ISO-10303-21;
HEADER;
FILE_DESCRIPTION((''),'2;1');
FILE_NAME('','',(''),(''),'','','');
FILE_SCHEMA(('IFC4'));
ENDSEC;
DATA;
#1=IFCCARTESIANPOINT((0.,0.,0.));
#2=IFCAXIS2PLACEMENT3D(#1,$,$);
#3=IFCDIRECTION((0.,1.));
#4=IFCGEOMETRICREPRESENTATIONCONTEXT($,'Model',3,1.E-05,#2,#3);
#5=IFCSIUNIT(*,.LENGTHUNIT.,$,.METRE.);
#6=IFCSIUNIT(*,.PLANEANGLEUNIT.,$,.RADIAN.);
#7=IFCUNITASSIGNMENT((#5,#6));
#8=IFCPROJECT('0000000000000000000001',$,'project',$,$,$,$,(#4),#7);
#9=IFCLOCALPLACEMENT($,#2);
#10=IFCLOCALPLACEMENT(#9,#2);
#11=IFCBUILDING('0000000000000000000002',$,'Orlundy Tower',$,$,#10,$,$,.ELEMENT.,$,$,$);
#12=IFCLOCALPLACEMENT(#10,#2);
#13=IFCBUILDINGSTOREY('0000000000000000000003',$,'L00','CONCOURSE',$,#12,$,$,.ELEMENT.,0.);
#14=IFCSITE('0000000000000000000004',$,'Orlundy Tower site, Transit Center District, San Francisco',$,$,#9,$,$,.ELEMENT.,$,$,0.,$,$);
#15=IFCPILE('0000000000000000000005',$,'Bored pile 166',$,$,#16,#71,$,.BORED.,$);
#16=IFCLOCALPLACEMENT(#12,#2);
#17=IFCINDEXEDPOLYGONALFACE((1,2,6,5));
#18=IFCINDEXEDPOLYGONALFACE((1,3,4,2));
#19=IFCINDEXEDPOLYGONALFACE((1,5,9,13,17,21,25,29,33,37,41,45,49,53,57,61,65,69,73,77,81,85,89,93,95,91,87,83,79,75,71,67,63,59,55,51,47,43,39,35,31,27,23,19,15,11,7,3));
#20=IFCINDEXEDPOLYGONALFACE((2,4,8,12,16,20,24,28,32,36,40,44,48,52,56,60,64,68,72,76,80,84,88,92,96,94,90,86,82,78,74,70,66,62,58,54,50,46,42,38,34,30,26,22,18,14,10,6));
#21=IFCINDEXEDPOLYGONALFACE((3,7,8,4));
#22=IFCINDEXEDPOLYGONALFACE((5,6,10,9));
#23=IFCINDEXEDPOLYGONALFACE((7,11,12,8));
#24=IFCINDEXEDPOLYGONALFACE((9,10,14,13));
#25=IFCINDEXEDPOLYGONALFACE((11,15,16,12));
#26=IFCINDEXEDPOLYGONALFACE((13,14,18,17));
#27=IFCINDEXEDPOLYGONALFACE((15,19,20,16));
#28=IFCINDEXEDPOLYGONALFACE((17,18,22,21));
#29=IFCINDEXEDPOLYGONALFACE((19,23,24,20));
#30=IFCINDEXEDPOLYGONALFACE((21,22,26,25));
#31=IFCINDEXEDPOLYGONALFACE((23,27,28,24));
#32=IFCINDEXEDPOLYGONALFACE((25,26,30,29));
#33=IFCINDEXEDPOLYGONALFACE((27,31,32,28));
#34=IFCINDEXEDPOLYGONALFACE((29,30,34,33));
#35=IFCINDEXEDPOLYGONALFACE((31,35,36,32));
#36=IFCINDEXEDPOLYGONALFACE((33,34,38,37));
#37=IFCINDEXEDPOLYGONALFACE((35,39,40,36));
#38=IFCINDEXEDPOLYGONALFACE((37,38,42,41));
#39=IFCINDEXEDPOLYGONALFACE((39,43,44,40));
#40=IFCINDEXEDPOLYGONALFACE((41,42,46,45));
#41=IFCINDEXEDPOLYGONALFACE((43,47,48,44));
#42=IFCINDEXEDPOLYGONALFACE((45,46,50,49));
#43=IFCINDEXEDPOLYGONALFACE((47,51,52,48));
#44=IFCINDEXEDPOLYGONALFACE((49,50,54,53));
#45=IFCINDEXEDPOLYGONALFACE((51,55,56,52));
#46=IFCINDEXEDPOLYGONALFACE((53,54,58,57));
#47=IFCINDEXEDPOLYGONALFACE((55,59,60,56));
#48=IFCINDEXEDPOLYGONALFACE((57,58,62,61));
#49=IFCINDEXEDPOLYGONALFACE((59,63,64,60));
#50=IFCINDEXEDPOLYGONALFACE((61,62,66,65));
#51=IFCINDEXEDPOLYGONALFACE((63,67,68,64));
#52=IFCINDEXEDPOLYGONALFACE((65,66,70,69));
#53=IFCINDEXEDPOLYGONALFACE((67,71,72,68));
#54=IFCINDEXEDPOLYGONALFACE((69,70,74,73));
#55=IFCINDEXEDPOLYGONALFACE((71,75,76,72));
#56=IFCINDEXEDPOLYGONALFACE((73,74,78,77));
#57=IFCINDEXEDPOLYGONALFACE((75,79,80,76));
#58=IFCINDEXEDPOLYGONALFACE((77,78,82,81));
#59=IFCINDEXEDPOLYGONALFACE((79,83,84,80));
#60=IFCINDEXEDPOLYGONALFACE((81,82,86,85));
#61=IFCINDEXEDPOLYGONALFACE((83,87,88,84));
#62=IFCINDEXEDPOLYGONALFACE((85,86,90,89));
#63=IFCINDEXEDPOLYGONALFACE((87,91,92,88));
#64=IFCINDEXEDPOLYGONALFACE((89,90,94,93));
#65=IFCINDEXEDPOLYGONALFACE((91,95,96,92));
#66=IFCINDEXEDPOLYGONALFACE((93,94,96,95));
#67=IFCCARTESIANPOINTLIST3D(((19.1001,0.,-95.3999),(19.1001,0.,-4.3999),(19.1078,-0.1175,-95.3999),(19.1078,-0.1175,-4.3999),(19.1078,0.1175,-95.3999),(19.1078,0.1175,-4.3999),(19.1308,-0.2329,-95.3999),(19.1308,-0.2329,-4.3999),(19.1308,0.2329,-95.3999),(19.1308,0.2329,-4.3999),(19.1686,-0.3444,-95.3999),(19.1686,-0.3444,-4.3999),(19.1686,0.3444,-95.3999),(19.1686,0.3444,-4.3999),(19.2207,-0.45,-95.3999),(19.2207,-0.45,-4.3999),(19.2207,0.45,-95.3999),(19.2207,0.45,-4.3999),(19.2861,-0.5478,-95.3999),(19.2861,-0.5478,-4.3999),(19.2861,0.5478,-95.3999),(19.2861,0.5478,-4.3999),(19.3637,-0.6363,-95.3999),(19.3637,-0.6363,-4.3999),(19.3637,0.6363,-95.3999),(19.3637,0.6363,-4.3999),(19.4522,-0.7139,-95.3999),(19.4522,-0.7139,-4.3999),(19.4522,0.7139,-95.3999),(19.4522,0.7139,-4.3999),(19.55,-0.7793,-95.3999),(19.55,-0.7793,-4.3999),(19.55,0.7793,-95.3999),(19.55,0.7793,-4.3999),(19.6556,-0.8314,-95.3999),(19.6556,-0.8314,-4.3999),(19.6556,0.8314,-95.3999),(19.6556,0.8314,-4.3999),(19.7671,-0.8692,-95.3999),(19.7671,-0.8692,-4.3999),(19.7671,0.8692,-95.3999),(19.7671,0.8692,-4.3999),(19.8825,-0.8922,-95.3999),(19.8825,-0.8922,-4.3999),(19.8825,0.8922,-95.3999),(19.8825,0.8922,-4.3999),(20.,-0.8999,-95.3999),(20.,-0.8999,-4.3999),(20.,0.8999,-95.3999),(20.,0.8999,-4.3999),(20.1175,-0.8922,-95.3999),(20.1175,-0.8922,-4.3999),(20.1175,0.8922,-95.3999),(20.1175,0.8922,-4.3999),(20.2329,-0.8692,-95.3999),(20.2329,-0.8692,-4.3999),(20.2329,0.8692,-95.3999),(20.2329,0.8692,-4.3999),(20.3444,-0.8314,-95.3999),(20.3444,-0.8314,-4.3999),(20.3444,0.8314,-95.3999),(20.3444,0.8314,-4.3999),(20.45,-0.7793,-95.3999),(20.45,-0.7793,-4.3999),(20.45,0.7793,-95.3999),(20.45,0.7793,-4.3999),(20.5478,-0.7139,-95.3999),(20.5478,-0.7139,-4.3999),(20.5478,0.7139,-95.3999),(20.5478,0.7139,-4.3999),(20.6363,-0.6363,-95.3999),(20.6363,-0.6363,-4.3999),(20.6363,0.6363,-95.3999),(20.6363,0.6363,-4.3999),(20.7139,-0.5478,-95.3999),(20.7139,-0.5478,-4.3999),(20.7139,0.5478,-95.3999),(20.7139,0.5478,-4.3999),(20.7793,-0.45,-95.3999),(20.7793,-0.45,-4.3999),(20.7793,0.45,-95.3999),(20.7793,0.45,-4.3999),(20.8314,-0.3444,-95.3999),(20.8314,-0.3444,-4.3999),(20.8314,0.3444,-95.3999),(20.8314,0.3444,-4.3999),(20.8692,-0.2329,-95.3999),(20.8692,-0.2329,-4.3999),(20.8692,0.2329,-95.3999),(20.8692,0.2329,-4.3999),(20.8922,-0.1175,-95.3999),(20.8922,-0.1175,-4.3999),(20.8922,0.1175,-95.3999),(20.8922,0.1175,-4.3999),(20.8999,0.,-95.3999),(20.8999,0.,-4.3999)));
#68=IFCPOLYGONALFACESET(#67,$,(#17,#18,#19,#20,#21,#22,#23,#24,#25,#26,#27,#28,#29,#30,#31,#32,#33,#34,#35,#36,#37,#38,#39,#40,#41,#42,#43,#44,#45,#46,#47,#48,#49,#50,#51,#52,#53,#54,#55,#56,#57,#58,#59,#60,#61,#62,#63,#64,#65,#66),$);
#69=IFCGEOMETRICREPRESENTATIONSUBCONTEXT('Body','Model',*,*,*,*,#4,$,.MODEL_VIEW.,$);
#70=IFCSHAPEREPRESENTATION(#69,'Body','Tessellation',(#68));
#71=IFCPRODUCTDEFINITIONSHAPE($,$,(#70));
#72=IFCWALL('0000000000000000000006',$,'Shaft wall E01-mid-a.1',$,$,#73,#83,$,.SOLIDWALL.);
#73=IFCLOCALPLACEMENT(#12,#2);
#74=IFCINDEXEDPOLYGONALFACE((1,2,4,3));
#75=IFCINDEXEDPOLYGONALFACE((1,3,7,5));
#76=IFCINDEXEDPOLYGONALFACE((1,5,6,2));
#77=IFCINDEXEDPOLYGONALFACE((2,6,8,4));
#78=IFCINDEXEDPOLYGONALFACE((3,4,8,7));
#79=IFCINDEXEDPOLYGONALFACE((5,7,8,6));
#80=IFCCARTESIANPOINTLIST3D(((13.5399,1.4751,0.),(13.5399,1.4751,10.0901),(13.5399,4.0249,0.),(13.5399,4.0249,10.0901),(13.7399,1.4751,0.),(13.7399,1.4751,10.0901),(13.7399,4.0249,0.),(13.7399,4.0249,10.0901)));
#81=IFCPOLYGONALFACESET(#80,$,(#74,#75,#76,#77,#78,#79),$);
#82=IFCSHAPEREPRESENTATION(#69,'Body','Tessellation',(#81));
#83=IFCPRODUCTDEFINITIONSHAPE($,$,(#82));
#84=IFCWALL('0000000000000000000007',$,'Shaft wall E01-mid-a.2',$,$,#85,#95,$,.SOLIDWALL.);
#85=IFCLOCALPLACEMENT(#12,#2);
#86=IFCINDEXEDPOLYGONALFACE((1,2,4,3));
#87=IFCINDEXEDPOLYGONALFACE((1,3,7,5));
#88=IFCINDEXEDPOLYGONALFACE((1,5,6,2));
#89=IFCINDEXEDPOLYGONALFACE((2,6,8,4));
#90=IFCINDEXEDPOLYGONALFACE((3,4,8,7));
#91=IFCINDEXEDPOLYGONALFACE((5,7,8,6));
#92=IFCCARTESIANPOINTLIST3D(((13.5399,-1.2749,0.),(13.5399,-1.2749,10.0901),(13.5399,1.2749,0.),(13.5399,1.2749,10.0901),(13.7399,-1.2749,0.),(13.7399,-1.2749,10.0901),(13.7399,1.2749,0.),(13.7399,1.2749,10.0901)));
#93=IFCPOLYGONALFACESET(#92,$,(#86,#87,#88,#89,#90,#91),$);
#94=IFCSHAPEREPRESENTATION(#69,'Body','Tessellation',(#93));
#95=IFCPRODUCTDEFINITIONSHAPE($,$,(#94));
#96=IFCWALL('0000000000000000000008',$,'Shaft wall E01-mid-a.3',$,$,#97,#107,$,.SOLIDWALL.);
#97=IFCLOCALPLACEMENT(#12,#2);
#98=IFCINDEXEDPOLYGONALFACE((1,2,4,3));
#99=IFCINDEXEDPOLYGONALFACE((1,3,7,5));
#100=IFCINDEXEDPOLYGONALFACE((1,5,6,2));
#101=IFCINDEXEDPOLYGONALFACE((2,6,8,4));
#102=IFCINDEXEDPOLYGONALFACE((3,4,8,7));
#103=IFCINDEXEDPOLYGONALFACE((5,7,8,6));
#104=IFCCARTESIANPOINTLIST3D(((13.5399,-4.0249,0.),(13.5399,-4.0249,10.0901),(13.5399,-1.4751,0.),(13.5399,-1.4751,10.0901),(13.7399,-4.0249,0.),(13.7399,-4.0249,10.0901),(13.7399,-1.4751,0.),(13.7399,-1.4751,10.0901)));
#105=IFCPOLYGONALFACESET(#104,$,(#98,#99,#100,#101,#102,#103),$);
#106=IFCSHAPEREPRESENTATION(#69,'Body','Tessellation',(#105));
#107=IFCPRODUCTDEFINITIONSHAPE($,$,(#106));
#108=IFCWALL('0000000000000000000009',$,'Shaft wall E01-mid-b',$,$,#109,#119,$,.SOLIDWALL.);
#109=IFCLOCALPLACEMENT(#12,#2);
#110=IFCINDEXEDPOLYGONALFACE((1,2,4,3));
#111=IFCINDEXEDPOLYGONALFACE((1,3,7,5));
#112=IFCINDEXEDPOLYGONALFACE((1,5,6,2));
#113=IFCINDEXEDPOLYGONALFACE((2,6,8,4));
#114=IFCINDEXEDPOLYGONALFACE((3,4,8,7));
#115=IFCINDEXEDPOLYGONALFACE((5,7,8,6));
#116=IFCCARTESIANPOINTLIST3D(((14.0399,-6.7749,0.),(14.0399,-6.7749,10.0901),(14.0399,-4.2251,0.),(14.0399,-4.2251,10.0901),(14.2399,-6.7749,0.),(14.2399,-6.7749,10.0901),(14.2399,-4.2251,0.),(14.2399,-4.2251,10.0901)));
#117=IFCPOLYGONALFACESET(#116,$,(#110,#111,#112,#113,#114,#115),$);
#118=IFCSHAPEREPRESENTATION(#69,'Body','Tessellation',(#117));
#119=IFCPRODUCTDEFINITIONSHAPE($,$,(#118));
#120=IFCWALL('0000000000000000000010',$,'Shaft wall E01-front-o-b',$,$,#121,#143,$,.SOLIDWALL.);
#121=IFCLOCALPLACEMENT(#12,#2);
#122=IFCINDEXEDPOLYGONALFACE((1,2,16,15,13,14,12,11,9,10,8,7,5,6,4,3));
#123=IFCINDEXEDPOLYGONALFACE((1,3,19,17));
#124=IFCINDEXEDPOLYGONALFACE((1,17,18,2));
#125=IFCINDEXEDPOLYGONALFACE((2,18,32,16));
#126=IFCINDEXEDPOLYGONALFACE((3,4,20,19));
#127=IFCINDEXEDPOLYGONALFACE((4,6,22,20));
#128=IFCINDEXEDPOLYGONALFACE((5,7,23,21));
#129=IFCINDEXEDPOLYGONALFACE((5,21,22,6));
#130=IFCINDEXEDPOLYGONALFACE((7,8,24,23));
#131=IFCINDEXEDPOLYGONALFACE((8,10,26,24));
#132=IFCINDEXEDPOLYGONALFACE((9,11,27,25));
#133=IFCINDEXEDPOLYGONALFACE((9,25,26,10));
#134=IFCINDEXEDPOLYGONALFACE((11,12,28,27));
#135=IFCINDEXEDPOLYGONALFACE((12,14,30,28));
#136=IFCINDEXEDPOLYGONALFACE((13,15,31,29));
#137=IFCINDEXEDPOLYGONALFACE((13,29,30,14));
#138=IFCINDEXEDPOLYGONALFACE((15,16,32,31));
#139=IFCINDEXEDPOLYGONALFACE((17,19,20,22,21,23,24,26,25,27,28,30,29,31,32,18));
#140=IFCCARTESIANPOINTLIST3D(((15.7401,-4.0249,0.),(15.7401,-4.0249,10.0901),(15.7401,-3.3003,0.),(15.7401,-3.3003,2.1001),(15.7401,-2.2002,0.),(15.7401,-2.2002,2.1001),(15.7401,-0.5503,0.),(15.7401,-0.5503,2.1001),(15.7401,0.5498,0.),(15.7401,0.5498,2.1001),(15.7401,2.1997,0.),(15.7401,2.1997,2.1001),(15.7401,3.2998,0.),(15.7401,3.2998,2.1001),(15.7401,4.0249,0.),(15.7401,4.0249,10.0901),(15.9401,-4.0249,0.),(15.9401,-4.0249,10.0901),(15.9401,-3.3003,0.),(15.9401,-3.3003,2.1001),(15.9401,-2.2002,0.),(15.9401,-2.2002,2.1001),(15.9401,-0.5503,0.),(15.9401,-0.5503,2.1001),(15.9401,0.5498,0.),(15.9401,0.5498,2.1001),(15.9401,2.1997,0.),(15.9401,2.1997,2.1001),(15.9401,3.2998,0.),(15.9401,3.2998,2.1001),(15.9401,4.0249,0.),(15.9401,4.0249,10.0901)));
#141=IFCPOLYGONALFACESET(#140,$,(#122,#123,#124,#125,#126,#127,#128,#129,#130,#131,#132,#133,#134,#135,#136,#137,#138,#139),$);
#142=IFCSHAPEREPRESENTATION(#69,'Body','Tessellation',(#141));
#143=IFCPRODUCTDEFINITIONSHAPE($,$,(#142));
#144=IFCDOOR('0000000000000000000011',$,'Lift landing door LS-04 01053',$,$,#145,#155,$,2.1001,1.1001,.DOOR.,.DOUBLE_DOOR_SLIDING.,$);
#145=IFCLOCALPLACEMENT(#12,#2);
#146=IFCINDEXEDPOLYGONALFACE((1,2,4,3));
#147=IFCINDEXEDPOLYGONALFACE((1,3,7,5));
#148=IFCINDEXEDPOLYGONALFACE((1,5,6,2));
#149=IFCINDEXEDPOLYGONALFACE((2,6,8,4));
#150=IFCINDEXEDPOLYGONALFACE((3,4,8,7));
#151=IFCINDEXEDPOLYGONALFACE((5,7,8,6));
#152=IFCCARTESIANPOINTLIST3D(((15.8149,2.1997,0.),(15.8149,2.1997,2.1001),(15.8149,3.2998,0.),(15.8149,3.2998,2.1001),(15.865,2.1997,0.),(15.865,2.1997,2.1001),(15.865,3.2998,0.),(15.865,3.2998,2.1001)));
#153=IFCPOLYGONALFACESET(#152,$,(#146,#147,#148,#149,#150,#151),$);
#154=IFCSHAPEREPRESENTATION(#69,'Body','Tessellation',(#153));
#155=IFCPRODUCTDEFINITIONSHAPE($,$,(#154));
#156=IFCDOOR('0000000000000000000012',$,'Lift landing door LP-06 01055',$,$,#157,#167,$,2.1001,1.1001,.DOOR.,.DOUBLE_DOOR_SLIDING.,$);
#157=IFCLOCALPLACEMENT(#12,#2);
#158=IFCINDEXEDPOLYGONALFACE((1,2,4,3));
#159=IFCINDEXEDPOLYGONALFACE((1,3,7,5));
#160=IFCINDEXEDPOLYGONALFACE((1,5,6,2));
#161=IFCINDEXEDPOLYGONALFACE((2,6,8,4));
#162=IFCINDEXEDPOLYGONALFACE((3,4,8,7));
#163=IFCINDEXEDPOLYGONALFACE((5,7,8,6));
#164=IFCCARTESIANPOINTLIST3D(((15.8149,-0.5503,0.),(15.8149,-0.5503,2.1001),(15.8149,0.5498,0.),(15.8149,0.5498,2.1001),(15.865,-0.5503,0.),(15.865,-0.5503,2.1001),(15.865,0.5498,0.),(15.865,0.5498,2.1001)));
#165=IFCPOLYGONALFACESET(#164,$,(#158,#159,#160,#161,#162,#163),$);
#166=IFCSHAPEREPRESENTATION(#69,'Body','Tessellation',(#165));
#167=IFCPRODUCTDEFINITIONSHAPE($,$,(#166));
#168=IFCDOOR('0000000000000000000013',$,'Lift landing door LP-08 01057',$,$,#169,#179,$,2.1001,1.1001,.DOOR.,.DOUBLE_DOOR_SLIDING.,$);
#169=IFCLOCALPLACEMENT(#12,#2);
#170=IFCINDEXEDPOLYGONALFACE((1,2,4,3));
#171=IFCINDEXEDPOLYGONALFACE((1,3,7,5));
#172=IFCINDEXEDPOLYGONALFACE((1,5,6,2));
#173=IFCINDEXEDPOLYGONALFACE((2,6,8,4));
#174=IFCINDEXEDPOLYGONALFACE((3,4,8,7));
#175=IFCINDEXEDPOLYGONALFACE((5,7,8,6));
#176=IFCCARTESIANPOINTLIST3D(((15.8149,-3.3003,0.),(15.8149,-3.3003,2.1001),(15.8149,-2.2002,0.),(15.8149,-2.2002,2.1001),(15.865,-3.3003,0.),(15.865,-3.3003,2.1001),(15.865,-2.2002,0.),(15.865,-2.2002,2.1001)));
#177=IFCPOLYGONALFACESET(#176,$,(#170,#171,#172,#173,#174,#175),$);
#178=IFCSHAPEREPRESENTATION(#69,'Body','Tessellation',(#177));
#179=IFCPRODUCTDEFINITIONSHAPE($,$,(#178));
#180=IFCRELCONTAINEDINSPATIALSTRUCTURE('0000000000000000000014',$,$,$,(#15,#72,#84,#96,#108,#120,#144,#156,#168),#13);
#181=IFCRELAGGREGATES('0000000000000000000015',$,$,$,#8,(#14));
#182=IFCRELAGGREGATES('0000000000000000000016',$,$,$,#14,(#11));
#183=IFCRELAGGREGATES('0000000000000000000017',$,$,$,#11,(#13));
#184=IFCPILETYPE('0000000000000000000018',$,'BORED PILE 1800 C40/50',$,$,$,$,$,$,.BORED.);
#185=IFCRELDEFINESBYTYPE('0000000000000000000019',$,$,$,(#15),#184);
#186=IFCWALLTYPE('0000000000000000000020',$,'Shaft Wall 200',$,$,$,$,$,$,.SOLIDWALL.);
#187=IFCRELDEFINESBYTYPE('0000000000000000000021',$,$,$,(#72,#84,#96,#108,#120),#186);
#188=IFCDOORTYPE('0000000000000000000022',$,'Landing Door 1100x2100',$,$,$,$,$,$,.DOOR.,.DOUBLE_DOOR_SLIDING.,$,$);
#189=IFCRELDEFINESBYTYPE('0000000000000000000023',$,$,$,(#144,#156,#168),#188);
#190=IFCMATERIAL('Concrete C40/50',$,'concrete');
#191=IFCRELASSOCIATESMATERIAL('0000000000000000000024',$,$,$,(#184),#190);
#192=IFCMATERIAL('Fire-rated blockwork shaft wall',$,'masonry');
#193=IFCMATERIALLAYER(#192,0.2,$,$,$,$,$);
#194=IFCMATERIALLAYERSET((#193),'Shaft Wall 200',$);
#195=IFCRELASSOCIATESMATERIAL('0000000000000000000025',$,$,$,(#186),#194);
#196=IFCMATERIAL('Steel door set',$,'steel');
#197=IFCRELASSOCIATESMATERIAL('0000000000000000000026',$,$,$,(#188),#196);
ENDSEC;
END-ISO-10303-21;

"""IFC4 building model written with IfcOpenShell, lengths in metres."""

from ifc_helpers import new_model, si_unit, direction, frame, frame_2d, origin, origin_2d, place, context, subcontext, project, spatial, rectangle, circle, extrude, material, layer, layer_set, material_profile, profile_set, type_object, element, fill, save


model = new_model("IFC4")

# Units and contexts
model_context = context("Model", 3, precision=1e-05, world=origin(), true_north=direction((0.0, 1.0)))
body_context = subcontext(model_context, "Body", "Model", "MODEL_VIEW")
ifc_project = project(units=[si_unit("LENGTHUNIT", "METRE"), si_unit("PLANEANGLEUNIT", "RADIAN")], contexts=[model_context])

# Site, building, storey
site_placement = place(None, origin())
site = spatial("IfcSite", under=ifc_project, at=site_placement, Name="Orlundy Tower site, Transit Center District, San Francisco", CompositionType="ELEMENT", RefElevation=0.0)
building_placement = place(site_placement, origin())
building = spatial("IfcBuilding", under=site, at=building_placement, Name="Orlundy Tower", CompositionType="ELEMENT")
storey_placement = place(building_placement, origin())
storey = spatial("IfcBuildingStorey", under=building, at=storey_placement, Name="L00", Description="CONCOURSE", CompositionType="ELEMENT", Elevation=0.0)

# Pile
ifc_material_1 = material(Name="Concrete C40/50", Category="concrete")
ifc_material_profile = material_profile(ifc_material_1, circle(Radius=0.8999, at=origin_2d()), Name="BP1800")
ifc_profile_set = profile_set([ifc_material_profile], Name="Concrete C40/50")
pile_type = type_object("IfcPileType", Name="BORED PILE 1800 C40/50", PredefinedType="BORED", material=ifc_profile_set)
pile_placement = place(storey_placement, frame((20.0, 0.0, -4.3999), z_axis=(0.0, 0.0, -1.0), x_axis=(1.0, 0.0, 0.0)))
element("IfcPile", 1, at=pile_placement, inside=storey, type_object=pile_type, Name="Bored pile 166", PredefinedType="BORED", context=body_context, shape_type="SweptSolid", body=[
    extrude(circle(Radius=0.8999, at=origin_2d()), origin(), (0.0, 0.0, 1.0), 91.0),
])

# Walls
ifc_material_2 = material(Name="Fire-rated blockwork shaft wall", Category="masonry")
ifc_layer = layer(ifc_material_2, 0.2)
ifc_layer_set = layer_set([ifc_layer], Name="Shaft Wall 200")
wall_type = type_object("IfcWallType", Name="Shaft Wall 200", PredefinedType="SOLIDWALL", material=ifc_layer_set)
for number, where, z_axis, x_axis, name in (
    (2, (13.6399, 4.0249, 0.0), (0.0, 0.0, 1.0), (0.0, -1.0, 0.0), "Shaft wall E01-mid-a.1"),
    (3, (13.6399, 1.2749, 0.0), (0.0, 0.0, 1.0), (0.0, -1.0, 0.0), "Shaft wall E01-mid-a.2"),
    (4, (13.6399, -1.4751, 0.0), (0.0, 0.0, 1.0), (0.0, -1.0, 0.0), "Shaft wall E01-mid-a.3"),
    (5, (14.1399, -4.2251, 0.0), (0.0, 0.0, 1.0), (0.0, -1.0, 0.0), "Shaft wall E01-mid-b"),
):
    element("IfcWall", number, at=place(storey_placement, frame(where, z_axis=z_axis, x_axis=x_axis)), inside=storey, type_object=wall_type, Name=name, PredefinedType="SOLIDWALL", context=body_context, shape_type="SweptSolid", body=[
        extrude(rectangle(XDim=2.5498, YDim=0.2, at=frame_2d((1.2749, 0.0))), origin(), (0.0, 0.0, 1.0), 10.0901),
    ])

# Wall, openings, doors
wall_1_placement = place(storey_placement, frame((15.8401, 4.0249, 0.0), z_axis=(0.0, 0.0, 1.0), x_axis=(0.0, -1.0, 0.0)))
wall_1 = element("IfcWall", 6, at=wall_1_placement, inside=storey, type_object=wall_type, Name="Shaft wall E01-front-o-b", PredefinedType="SOLIDWALL", context=body_context, shape_type="SweptSolid", body=[
    extrude(rectangle(XDim=8.0498, YDim=0.2, at=frame_2d((4.0249, 0.0))), origin(), (0.0, 0.0, 1.0), 10.0901),
])
opening_1_placement = place(wall_1_placement, frame((0.7251, 0.0, 0.0)))
opening_1 = element("IfcOpeningElement", 7, at=opening_1_placement, cuts=wall_1, PredefinedType="OPENING", context=body_context, shape_type="SweptSolid", body=[
    extrude(rectangle(XDim=1.1001, YDim=2.1001, at=frame_2d((0.55, 1.05))), frame((0.0, 0.1101, 0.0), z_axis=(0.0, -1.0, 0.0), x_axis=(1.0, 0.0, 0.0)), (0.0, 0.0, 1.0), 0.2202),
])
opening_2_placement = place(wall_1_placement, frame((3.4751, 0.0, 0.0)))
opening_2 = element("IfcOpeningElement", 8, at=opening_2_placement, cuts=wall_1, PredefinedType="OPENING", context=body_context, shape_type="SweptSolid", body=[
    extrude(rectangle(XDim=1.1001, YDim=2.1001, at=frame_2d((0.55, 1.05))), frame((0.0, 0.1101, 0.0), z_axis=(0.0, -1.0, 0.0), x_axis=(1.0, 0.0, 0.0)), (0.0, 0.0, 1.0), 0.2202),
])
opening_3_placement = place(wall_1_placement, frame((6.2251, 0.0, 0.0)))
opening_3 = element("IfcOpeningElement", 9, at=opening_3_placement, cuts=wall_1, PredefinedType="OPENING", context=body_context, shape_type="SweptSolid", body=[
    extrude(rectangle(XDim=1.1001, YDim=2.1001, at=frame_2d((0.55, 1.05))), frame((0.0, 0.1101, 0.0), z_axis=(0.0, -1.0, 0.0), x_axis=(1.0, 0.0, 0.0)), (0.0, 0.0, 1.0), 0.2202),
])
ifc_material_3 = material(Name="Steel door set", Category="steel")
door_type = type_object("IfcDoorType", Name="Landing Door 1100x2100", OperationType="DOUBLE_DOOR_SLIDING", PredefinedType="DOOR", material=ifc_material_3)
door_1_placement = place(opening_1_placement, origin())
door_1 = element("IfcDoor", 10, at=door_1_placement, inside=storey, type_object=door_type, Name="Lift landing door LS-04 01053", OperationType="DOUBLE_DOOR_SLIDING", OverallHeight=2.1001, OverallWidth=1.1001, PredefinedType="DOOR", context=body_context, shape_type="SweptSolid", body=[
    extrude(rectangle(XDim=1.1001, YDim=2.1001, at=frame_2d((0.55, 1.05))), frame((0.0, 0.0249, 0.0), z_axis=(0.0, -1.0, 0.0), x_axis=(1.0, 0.0, 0.0)), (0.0, 0.0, 1.0), 0.05),
])
fill(opening_1, door_1)
door_2_placement = place(opening_2_placement, origin())
door_2 = element("IfcDoor", 11, at=door_2_placement, inside=storey, type_object=door_type, Name="Lift landing door LP-06 01055", OperationType="DOUBLE_DOOR_SLIDING", OverallHeight=2.1001, OverallWidth=1.1001, PredefinedType="DOOR", context=body_context, shape_type="SweptSolid", body=[
    extrude(rectangle(XDim=1.1001, YDim=2.1001, at=frame_2d((0.55, 1.05))), frame((0.0, 0.0249, 0.0), z_axis=(0.0, -1.0, 0.0), x_axis=(1.0, 0.0, 0.0)), (0.0, 0.0, 1.0), 0.05),
])
fill(opening_2, door_2)
door_3_placement = place(opening_3_placement, origin())
door_3 = element("IfcDoor", 12, at=door_3_placement, inside=storey, type_object=door_type, Name="Lift landing door LP-08 01057", OperationType="DOUBLE_DOOR_SLIDING", OverallHeight=2.1001, OverallWidth=1.1001, PredefinedType="DOOR", context=body_context, shape_type="SweptSolid", body=[
    extrude(rectangle(XDim=1.1001, YDim=2.1001, at=frame_2d((0.55, 1.05))), frame((0.0, 0.0249, 0.0), z_axis=(0.0, -1.0, 0.0), x_axis=(1.0, 0.0, 0.0)), (0.0, 0.0, 1.0), 0.05),
])
fill(opening_3, door_3)

save(model, "model.ifc")
